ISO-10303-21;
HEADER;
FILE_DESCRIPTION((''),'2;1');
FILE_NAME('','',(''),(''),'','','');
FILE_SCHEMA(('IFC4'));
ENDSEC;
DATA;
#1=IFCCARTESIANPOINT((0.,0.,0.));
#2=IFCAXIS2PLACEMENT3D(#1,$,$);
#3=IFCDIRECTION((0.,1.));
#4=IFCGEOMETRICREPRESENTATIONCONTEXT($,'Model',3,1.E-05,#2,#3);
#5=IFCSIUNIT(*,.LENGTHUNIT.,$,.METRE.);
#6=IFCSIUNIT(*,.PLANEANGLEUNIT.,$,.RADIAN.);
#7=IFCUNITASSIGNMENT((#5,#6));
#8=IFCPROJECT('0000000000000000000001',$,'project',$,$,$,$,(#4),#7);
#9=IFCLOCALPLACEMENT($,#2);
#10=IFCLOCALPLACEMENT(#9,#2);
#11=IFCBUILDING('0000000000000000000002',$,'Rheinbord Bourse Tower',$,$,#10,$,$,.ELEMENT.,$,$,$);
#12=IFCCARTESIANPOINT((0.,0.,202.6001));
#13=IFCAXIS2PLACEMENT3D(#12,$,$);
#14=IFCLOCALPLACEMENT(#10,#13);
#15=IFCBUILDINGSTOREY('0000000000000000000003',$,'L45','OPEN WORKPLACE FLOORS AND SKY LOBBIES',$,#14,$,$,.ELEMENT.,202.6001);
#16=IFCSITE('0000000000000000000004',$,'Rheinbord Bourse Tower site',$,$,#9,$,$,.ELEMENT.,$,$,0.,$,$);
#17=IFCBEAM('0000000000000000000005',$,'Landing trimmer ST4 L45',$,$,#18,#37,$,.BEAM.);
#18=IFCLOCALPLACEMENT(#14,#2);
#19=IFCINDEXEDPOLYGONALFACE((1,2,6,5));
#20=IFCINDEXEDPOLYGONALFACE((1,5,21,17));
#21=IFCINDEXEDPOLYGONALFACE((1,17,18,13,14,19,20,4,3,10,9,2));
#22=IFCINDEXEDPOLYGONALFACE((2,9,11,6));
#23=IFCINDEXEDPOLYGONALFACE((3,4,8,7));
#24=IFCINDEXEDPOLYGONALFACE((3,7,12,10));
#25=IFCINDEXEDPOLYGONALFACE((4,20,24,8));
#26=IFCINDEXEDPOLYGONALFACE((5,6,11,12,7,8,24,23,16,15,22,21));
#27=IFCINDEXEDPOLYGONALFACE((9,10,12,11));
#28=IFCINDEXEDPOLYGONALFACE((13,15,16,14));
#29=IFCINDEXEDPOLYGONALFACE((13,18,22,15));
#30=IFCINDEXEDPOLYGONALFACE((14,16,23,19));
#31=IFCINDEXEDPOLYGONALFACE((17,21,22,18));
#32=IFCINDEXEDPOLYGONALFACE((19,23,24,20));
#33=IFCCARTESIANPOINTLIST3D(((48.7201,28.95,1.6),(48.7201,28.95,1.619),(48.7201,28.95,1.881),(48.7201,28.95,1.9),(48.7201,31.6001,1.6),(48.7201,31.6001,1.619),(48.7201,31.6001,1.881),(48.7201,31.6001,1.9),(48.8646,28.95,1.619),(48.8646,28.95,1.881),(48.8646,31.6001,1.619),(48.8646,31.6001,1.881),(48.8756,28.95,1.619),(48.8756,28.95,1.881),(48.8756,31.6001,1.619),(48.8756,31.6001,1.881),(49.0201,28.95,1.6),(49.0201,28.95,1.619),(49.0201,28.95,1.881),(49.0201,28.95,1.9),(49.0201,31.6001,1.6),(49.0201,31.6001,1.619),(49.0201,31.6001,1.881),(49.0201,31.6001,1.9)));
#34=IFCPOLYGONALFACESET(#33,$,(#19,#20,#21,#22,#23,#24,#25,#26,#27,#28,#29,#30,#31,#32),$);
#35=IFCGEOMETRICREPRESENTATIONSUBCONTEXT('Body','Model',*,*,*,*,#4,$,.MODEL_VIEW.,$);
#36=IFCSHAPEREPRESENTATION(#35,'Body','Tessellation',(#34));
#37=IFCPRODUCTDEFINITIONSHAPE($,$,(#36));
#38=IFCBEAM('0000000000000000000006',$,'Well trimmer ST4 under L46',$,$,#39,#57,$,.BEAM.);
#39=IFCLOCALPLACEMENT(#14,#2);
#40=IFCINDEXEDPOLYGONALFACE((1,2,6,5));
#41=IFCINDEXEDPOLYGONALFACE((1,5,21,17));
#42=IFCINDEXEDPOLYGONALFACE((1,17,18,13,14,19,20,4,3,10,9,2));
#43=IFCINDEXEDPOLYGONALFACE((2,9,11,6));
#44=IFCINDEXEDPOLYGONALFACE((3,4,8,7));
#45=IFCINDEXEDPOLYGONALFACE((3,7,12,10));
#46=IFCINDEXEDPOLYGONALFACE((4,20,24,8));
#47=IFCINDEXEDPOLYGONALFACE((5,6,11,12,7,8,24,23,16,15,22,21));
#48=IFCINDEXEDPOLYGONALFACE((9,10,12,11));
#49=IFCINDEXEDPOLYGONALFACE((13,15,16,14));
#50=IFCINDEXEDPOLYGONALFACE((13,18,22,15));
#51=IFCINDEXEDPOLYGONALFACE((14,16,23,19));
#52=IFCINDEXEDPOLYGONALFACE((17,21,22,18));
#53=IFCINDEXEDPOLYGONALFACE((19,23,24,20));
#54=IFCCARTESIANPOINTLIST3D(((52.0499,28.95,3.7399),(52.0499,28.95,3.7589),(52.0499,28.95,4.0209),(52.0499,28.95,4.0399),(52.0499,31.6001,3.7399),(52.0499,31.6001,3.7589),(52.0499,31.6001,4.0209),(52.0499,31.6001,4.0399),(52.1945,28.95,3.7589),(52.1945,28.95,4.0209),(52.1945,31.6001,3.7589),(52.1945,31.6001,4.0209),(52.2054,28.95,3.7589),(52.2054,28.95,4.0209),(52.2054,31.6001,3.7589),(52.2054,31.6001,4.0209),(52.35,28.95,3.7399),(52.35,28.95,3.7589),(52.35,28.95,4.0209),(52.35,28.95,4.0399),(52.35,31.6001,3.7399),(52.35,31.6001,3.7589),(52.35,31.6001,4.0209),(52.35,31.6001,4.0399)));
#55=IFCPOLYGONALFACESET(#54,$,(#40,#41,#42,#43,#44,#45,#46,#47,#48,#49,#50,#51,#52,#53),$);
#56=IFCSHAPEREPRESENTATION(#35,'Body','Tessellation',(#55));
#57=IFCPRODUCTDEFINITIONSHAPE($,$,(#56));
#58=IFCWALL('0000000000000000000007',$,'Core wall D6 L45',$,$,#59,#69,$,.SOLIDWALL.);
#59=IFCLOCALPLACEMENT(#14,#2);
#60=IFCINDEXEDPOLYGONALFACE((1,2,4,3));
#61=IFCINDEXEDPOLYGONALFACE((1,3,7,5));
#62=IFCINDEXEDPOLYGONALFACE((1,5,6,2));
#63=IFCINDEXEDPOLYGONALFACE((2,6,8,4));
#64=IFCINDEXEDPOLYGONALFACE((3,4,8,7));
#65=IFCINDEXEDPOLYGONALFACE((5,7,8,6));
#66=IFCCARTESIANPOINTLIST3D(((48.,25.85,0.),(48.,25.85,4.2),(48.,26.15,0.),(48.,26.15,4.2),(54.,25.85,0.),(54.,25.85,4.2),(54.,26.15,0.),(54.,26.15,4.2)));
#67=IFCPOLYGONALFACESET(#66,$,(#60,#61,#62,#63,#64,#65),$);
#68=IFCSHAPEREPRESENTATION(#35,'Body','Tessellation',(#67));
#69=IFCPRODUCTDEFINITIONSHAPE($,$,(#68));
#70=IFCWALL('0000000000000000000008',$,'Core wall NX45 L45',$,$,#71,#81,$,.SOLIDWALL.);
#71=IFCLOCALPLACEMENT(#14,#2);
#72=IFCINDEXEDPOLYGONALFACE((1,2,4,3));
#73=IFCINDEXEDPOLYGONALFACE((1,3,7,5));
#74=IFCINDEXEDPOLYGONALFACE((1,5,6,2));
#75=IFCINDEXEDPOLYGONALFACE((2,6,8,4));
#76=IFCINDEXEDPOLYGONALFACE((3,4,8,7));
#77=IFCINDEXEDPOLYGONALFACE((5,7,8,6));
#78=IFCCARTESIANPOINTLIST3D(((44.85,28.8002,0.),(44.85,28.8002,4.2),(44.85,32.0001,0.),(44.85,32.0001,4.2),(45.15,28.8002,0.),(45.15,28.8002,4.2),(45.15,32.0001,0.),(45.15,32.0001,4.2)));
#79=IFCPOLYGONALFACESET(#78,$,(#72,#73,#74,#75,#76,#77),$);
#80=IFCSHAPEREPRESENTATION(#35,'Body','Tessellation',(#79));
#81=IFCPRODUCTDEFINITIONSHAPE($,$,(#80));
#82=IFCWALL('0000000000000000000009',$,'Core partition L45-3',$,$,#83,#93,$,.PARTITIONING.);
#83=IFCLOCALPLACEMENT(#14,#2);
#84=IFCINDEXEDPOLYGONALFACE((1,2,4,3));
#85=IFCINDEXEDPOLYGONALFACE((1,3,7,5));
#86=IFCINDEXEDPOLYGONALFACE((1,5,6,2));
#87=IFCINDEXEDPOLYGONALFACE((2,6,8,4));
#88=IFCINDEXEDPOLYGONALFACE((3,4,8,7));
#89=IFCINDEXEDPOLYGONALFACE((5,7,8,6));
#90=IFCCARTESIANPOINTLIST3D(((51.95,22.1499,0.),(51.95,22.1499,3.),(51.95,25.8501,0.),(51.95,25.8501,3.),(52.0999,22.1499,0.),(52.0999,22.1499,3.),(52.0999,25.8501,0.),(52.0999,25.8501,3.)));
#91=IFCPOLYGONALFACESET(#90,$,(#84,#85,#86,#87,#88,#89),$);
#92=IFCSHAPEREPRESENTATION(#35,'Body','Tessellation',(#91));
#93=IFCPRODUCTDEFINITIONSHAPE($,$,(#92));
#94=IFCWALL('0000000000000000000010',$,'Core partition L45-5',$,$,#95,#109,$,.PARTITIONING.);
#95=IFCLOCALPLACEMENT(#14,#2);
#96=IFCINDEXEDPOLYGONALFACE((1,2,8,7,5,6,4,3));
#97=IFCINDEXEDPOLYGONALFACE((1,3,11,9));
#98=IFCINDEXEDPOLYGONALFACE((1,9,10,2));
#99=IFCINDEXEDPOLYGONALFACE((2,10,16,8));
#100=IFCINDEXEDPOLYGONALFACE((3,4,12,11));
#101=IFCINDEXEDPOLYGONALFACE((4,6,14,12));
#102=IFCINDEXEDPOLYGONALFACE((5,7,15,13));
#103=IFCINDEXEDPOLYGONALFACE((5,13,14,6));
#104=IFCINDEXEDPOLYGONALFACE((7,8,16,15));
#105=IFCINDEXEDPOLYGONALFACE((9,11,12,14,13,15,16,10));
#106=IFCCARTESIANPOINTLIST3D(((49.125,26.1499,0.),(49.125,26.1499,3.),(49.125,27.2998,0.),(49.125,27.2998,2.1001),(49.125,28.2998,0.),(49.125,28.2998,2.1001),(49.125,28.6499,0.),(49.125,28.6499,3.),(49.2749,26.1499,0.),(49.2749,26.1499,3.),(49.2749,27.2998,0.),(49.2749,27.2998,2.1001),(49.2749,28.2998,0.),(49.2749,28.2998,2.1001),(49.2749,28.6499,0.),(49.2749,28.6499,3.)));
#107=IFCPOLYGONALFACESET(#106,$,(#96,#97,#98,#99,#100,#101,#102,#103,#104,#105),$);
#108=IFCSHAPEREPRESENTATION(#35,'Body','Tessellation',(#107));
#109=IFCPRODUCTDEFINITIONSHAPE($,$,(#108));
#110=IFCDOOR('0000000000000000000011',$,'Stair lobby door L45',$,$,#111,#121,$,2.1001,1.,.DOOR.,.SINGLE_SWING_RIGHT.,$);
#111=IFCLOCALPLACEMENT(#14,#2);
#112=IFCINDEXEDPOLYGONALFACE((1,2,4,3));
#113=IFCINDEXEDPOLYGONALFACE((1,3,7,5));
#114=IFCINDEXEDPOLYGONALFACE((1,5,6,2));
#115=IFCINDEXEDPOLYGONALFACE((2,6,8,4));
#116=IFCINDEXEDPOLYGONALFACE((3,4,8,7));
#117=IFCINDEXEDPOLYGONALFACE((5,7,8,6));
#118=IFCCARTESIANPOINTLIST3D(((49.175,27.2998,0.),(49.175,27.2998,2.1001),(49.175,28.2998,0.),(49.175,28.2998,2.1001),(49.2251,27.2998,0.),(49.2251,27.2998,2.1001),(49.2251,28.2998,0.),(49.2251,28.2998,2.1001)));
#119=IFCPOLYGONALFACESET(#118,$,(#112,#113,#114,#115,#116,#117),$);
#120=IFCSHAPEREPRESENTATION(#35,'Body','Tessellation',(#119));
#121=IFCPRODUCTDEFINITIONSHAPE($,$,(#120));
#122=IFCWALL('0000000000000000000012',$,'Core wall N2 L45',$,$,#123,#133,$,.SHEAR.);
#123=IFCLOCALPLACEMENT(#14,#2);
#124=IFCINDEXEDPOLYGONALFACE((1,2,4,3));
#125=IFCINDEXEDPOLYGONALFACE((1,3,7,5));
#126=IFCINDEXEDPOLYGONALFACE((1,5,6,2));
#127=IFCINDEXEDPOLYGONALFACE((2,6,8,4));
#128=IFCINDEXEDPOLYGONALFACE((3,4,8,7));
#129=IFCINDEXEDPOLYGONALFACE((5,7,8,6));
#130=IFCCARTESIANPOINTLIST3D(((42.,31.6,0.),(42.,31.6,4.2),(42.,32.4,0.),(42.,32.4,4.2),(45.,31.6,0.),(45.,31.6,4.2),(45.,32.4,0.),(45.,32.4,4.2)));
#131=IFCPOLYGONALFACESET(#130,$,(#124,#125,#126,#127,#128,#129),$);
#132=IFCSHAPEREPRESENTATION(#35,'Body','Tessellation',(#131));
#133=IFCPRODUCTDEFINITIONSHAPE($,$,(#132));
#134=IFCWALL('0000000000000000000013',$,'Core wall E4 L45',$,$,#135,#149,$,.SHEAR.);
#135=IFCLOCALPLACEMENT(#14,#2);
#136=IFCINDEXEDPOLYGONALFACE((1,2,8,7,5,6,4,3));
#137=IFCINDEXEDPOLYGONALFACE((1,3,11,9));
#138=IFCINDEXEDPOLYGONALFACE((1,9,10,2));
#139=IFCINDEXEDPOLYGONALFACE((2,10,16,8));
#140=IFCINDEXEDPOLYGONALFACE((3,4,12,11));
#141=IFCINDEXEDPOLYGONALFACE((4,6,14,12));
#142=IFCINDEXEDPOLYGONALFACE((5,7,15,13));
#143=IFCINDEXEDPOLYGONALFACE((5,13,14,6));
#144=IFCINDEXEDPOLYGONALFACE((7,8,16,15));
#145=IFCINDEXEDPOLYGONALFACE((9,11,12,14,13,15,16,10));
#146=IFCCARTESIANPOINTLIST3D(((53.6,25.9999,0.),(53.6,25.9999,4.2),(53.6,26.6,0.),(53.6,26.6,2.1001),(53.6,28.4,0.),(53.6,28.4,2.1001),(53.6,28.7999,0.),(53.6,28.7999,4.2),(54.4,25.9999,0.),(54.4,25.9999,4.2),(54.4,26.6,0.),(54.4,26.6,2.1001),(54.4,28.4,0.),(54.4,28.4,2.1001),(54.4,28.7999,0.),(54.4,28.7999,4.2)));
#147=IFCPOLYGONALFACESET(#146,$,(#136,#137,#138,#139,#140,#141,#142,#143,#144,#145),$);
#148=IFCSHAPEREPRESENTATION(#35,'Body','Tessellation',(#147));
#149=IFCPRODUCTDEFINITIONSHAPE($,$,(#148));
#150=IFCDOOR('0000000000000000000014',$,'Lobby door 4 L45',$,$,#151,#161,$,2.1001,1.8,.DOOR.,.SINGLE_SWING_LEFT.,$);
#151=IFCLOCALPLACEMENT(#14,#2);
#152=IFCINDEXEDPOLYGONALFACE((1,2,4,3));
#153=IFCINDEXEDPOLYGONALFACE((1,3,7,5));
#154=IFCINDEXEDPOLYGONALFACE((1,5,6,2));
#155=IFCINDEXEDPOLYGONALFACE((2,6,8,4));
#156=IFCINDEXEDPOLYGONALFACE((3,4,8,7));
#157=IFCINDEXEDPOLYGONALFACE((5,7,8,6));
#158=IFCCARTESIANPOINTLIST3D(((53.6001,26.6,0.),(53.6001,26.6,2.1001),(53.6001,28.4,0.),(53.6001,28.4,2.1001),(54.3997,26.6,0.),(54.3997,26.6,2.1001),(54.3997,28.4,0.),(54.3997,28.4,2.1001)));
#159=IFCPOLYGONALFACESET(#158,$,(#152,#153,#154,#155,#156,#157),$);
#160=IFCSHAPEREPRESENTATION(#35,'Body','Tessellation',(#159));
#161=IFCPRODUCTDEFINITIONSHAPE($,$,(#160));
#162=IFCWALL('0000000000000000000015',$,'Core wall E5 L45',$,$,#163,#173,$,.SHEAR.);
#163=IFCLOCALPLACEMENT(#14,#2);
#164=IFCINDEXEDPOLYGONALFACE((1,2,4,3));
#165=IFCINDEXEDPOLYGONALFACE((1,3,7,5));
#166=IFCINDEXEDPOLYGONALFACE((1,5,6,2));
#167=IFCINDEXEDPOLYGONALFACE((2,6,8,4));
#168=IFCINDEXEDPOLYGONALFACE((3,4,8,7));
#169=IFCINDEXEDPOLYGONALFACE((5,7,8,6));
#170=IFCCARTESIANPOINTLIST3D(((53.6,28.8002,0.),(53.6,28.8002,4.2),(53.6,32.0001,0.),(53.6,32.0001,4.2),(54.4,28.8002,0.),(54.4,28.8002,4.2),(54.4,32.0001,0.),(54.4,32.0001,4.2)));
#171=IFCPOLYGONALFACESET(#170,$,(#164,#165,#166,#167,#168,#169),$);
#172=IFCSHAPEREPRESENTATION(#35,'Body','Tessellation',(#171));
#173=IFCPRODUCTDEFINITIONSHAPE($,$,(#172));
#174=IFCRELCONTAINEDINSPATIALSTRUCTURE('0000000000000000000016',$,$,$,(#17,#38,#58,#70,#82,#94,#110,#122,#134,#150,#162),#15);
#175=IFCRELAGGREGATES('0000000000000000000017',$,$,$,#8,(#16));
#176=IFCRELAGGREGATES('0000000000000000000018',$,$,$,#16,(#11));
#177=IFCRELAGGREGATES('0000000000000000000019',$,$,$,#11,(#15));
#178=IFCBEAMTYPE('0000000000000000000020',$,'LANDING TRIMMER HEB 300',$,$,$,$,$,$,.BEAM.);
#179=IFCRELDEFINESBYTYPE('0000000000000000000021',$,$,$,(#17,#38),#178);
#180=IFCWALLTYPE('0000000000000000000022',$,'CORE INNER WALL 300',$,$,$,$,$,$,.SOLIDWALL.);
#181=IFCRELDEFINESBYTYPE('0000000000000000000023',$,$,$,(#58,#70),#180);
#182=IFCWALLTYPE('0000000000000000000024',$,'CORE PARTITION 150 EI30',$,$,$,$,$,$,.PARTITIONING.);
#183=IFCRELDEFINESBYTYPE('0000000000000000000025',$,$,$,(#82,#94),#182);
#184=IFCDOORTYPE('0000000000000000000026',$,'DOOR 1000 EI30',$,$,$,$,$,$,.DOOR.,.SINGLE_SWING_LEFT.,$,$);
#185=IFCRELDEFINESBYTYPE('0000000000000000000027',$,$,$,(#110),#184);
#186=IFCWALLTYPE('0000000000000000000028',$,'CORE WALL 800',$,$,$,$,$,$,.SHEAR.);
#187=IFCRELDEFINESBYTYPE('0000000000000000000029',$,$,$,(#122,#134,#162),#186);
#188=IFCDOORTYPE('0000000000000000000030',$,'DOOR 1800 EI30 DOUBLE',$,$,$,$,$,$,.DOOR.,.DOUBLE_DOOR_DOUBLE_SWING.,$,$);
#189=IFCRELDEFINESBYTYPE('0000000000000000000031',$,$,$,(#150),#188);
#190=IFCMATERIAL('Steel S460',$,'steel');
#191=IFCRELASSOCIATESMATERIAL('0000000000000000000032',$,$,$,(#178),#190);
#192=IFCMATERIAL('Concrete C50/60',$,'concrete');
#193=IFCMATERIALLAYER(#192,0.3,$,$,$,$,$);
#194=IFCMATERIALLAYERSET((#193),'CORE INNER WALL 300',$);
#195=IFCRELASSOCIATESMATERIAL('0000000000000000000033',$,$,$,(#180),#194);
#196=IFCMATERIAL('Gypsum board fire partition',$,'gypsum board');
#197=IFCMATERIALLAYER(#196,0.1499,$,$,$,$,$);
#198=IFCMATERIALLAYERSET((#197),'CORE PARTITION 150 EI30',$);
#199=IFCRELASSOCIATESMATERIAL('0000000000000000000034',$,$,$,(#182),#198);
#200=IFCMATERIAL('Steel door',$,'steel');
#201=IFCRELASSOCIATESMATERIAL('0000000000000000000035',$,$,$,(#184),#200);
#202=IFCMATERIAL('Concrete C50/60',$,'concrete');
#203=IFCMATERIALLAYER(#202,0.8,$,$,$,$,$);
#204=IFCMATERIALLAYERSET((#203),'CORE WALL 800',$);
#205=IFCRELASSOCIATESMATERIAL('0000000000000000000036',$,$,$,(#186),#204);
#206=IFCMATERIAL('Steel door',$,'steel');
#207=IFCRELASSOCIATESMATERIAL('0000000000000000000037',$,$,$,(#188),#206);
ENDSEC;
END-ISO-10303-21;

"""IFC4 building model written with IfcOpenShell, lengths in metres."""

from ifc_helpers import new_model, si_unit, direction, frame, frame_2d, origin, origin_2d, place, context, subcontext, project, spatial, rectangle, i_section, extrude, material, layer, layer_set, material_profile, profile_set, type_object, element, fill, save


model = new_model("IFC4")

# Units and contexts
model_context = context("Model", 3, precision=1e-05, world=origin(), true_north=direction((0.0, 1.0)))
body_context = subcontext(model_context, "Body", "Model", "MODEL_VIEW")
ifc_project = project(units=[si_unit("LENGTHUNIT", "METRE"), si_unit("PLANEANGLEUNIT", "RADIAN")], contexts=[model_context])

# Site, building, storey
site_placement = place(None, origin())
site = spatial("IfcSite", under=ifc_project, at=site_placement, Name="Rheinbord Bourse Tower site", CompositionType="ELEMENT", RefElevation=0.0)
building_placement = place(site_placement, origin())
building = spatial("IfcBuilding", under=site, at=building_placement, Name="Rheinbord Bourse Tower", CompositionType="ELEMENT")
storey_placement = place(building_placement, frame((0.0, 0.0, 202.6001)))
storey = spatial("IfcBuildingStorey", under=building, at=storey_placement, Name="L45", Description="OPEN WORKPLACE FLOORS AND SKY LOBBIES", CompositionType="ELEMENT", Elevation=202.6001)

# Beams
ifc_material_1 = material(Name="Steel S460", Category="steel")
ifc_material_profile = material_profile(ifc_material_1, i_section(OverallWidth=0.3, OverallDepth=0.3, WebThickness=0.011, FlangeThickness=0.019, at=origin_2d()), Name="HEB 300")
ifc_profile_set = profile_set([ifc_material_profile], Name="Steel S460")
beam_type = type_object("IfcBeamType", Name="LANDING TRIMMER HEB 300", PredefinedType="BEAM", material=ifc_profile_set)
for number, where, z_axis, x_axis, name in (
    (1, (48.8701, 28.95, 1.75), (0.0, 1.0, 0.0), (-1.0, 0.0, 0.0), "Landing trimmer ST4 L45"),
    (2, (52.2, 28.95, 3.8899), (0.0, 1.0, 0.0), (-1.0, 0.0, 0.0), "Well trimmer ST4 under L46"),
):
    element("IfcBeam", number, at=place(storey_placement, frame(where, z_axis=z_axis, x_axis=x_axis)), inside=storey, type_object=beam_type, Name=name, PredefinedType="BEAM", context=body_context, shape_type="SweptSolid", body=[
        extrude(i_section(OverallWidth=0.3, OverallDepth=0.3, WebThickness=0.011, FlangeThickness=0.019, at=origin_2d()), origin(), (0.0, 0.0, 1.0), 2.6501),
    ])

# Walls
ifc_material_2 = material(Name="Concrete C50/60", Category="concrete")
ifc_layer_1 = layer(ifc_material_2, 0.3)
ifc_layer_set_1 = layer_set([ifc_layer_1], Name="CORE INNER WALL 300")
wall_type_1 = type_object("IfcWallType", Name="CORE INNER WALL 300", PredefinedType="SOLIDWALL", material=ifc_layer_set_1)
wall_1_placement = place(storey_placement, frame((48.0, 26.0, 0.0), z_axis=(0.0, 0.0, 1.0), x_axis=(1.0, 0.0, 0.0)))
element("IfcWall", 3, at=wall_1_placement, inside=storey, type_object=wall_type_1, Name="Core wall D6 L45", PredefinedType="SOLIDWALL", context=body_context, shape_type="SweptSolid", body=[
    extrude(rectangle(XDim=6.0, YDim=0.3, at=frame_2d((3.0, 0.0))), origin(), (0.0, 0.0, 1.0), 4.2),
])
wall_2_placement = place(storey_placement, frame((45.0, 28.8, 0.0), z_axis=(0.0, 0.0, 1.0), x_axis=(0.0, 1.0, 0.0)))
element("IfcWall", 4, at=wall_2_placement, inside=storey, type_object=wall_type_1, Name="Core wall NX45 L45", PredefinedType="SOLIDWALL", context=body_context, shape_type="SweptSolid", body=[
    extrude(rectangle(XDim=3.2, YDim=0.3, at=frame_2d((1.6001, 0.0))), origin(), (0.0, 0.0, 1.0), 4.2),
])
ifc_material_3 = material(Name="Gypsum board fire partition", Category="gypsum board")
ifc_layer_2 = layer(ifc_material_3, 0.1499)
ifc_layer_set_2 = layer_set([ifc_layer_2], Name="CORE PARTITION 150 EI30")
wall_type_2 = type_object("IfcWallType", Name="CORE PARTITION 150 EI30", PredefinedType="PARTITIONING", material=ifc_layer_set_2)
wall_3_placement = place(storey_placement, frame((52.0249, 22.1499, 0.0), z_axis=(0.0, 0.0, 1.0), x_axis=(0.0, 1.0, 0.0)))
element("IfcWall", 5, at=wall_3_placement, inside=storey, type_object=wall_type_2, Name="Core partition L45-3", PredefinedType="PARTITIONING", context=body_context, shape_type="SweptSolid", body=[
    extrude(rectangle(XDim=3.7002, YDim=0.1499, at=frame_2d((1.8501, 0.0))), origin(), (0.0, 0.0, 1.0), 3.0),
])

# Wall, opening, door
wall_4_placement = place(storey_placement, frame((49.2, 26.1499, 0.0), z_axis=(0.0, 0.0, 1.0), x_axis=(0.0, 1.0, 0.0)))
wall_4 = element("IfcWall", 6, at=wall_4_placement, inside=storey, type_object=wall_type_2, Name="Core partition L45-5", PredefinedType="PARTITIONING", context=body_context, shape_type="SweptSolid", body=[
    extrude(rectangle(XDim=2.5, YDim=0.1499, at=frame_2d((1.25, 0.0))), origin(), (0.0, 0.0, 1.0), 3.0),
])
opening_1_placement = place(wall_4_placement, frame((1.1499, 0.0, 0.0)))
opening_1 = element("IfcOpeningElement", 7, at=opening_1_placement, cuts=wall_4, PredefinedType="OPENING", context=body_context, shape_type="SweptSolid", body=[
    extrude(rectangle(XDim=1.0, YDim=2.1001, at=frame_2d((0.5, 1.05))), frame((0.0, 0.085, 0.0), z_axis=(0.0, -1.0, 0.0), x_axis=(1.0, 0.0, 0.0)), (0.0, 0.0, 1.0), 0.1699),
])
ifc_material_4 = material(Name="Steel door", Category="steel")
door_type_1 = type_object("IfcDoorType", Name="DOOR 1000 EI30", OperationType="SINGLE_SWING_LEFT", PredefinedType="DOOR", material=ifc_material_4)
door_1_placement = place(opening_1_placement, origin())
door_1 = element("IfcDoor", 8, at=door_1_placement, inside=storey, type_object=door_type_1, Name="Stair lobby door L45", OperationType="SINGLE_SWING_RIGHT", OverallHeight=2.1001, OverallWidth=1.0, PredefinedType="DOOR", context=body_context, shape_type="SweptSolid", body=[
    extrude(rectangle(XDim=1.0, YDim=2.1001, at=frame_2d((0.5, 1.05))), frame((0.0, 0.0249, 0.0), z_axis=(0.0, -1.0, 0.0), x_axis=(1.0, 0.0, 0.0)), (0.0, 0.0, 1.0), 0.05),
])
fill(opening_1, door_1)

# Wall
ifc_material_5 = material(Name="Concrete C50/60", Category="concrete")
ifc_layer_3 = layer(ifc_material_5, 0.8)
ifc_layer_set_3 = layer_set([ifc_layer_3], Name="CORE WALL 800")
wall_type_3 = type_object("IfcWallType", Name="CORE WALL 800", PredefinedType="SHEAR", material=ifc_layer_set_3)
wall_5_placement = place(storey_placement, frame((45.0, 32.0, 0.0), z_axis=(0.0, 0.0, 1.0), x_axis=(-1.0, 0.0, 0.0)))
element("IfcWall", 9, at=wall_5_placement, inside=storey, type_object=wall_type_3, Name="Core wall N2 L45", PredefinedType="SHEAR", context=body_context, shape_type="SweptSolid", body=[
    extrude(rectangle(XDim=3.0, YDim=0.8, at=frame_2d((1.5, 0.0))), origin(), (0.0, 0.0, 1.0), 4.2),
])

# Wall, opening, door
wall_6_placement = place(storey_placement, frame((54.0, 26.0, 0.0), z_axis=(0.0, 0.0, 1.0), x_axis=(0.0, 1.0, 0.0)))
wall_6 = element("IfcWall", 10, at=wall_6_placement, inside=storey, type_object=wall_type_3, Name="Core wall E4 L45", PredefinedType="SHEAR", context=body_context, shape_type="SweptSolid", body=[
    extrude(rectangle(XDim=2.8, YDim=0.8, at=frame_2d((1.3999, 0.0))), origin(), (0.0, 0.0, 1.0), 4.2),
])
opening_2_placement = place(wall_6_placement, frame((0.6001, 0.0, 0.0)))
opening_2 = element("IfcOpeningElement", 11, at=opening_2_placement, cuts=wall_6, PredefinedType="OPENING", context=body_context, shape_type="SweptSolid", body=[
    extrude(rectangle(XDim=1.8, YDim=2.1001, at=frame_2d((0.8999, 1.05))), frame((0.0, 0.4099, 0.0), z_axis=(0.0, -1.0, 0.0), x_axis=(1.0, 0.0, 0.0)), (0.0, 0.0, 1.0), 0.8201),
])
ifc_material_6 = material(Name="Steel door", Category="steel")
door_type_2 = type_object("IfcDoorType", Name="DOOR 1800 EI30 DOUBLE", OperationType="DOUBLE_DOOR_DOUBLE_SWING", PredefinedType="DOOR", material=ifc_material_6)
door_2_placement = place(opening_2_placement, origin())
door_2 = element("IfcDoor", 12, at=door_2_placement, inside=storey, type_object=door_type_2, Name="Lobby door 4 L45", OperationType="SINGLE_SWING_LEFT", OverallHeight=2.1001, OverallWidth=1.8, PredefinedType="DOOR", context=body_context, shape_type="SweptSolid", body=[
    extrude(rectangle(XDim=1.8, YDim=2.1001, at=frame_2d((0.8999, 1.05))), frame((0.0, 0.3999, 0.0), z_axis=(0.0, -1.0, 0.0), x_axis=(1.0, 0.0, 0.0)), (0.0, 0.0, 1.0), 0.7996),
])
fill(opening_2, door_2)

# Wall
wall_7_placement = place(storey_placement, frame((54.0, 28.8, 0.0), z_axis=(0.0, 0.0, 1.0), x_axis=(0.0, 1.0, 0.0)))
element("IfcWall", 13, at=wall_7_placement, inside=storey, type_object=wall_type_3, Name="Core wall E5 L45", PredefinedType="SHEAR", context=body_context, shape_type="SweptSolid", body=[
    extrude(rectangle(XDim=3.2, YDim=0.8, at=frame_2d((1.6001, 0.0))), origin(), (0.0, 0.0, 1.0), 4.2),
])

save(model, "model.ifc")
